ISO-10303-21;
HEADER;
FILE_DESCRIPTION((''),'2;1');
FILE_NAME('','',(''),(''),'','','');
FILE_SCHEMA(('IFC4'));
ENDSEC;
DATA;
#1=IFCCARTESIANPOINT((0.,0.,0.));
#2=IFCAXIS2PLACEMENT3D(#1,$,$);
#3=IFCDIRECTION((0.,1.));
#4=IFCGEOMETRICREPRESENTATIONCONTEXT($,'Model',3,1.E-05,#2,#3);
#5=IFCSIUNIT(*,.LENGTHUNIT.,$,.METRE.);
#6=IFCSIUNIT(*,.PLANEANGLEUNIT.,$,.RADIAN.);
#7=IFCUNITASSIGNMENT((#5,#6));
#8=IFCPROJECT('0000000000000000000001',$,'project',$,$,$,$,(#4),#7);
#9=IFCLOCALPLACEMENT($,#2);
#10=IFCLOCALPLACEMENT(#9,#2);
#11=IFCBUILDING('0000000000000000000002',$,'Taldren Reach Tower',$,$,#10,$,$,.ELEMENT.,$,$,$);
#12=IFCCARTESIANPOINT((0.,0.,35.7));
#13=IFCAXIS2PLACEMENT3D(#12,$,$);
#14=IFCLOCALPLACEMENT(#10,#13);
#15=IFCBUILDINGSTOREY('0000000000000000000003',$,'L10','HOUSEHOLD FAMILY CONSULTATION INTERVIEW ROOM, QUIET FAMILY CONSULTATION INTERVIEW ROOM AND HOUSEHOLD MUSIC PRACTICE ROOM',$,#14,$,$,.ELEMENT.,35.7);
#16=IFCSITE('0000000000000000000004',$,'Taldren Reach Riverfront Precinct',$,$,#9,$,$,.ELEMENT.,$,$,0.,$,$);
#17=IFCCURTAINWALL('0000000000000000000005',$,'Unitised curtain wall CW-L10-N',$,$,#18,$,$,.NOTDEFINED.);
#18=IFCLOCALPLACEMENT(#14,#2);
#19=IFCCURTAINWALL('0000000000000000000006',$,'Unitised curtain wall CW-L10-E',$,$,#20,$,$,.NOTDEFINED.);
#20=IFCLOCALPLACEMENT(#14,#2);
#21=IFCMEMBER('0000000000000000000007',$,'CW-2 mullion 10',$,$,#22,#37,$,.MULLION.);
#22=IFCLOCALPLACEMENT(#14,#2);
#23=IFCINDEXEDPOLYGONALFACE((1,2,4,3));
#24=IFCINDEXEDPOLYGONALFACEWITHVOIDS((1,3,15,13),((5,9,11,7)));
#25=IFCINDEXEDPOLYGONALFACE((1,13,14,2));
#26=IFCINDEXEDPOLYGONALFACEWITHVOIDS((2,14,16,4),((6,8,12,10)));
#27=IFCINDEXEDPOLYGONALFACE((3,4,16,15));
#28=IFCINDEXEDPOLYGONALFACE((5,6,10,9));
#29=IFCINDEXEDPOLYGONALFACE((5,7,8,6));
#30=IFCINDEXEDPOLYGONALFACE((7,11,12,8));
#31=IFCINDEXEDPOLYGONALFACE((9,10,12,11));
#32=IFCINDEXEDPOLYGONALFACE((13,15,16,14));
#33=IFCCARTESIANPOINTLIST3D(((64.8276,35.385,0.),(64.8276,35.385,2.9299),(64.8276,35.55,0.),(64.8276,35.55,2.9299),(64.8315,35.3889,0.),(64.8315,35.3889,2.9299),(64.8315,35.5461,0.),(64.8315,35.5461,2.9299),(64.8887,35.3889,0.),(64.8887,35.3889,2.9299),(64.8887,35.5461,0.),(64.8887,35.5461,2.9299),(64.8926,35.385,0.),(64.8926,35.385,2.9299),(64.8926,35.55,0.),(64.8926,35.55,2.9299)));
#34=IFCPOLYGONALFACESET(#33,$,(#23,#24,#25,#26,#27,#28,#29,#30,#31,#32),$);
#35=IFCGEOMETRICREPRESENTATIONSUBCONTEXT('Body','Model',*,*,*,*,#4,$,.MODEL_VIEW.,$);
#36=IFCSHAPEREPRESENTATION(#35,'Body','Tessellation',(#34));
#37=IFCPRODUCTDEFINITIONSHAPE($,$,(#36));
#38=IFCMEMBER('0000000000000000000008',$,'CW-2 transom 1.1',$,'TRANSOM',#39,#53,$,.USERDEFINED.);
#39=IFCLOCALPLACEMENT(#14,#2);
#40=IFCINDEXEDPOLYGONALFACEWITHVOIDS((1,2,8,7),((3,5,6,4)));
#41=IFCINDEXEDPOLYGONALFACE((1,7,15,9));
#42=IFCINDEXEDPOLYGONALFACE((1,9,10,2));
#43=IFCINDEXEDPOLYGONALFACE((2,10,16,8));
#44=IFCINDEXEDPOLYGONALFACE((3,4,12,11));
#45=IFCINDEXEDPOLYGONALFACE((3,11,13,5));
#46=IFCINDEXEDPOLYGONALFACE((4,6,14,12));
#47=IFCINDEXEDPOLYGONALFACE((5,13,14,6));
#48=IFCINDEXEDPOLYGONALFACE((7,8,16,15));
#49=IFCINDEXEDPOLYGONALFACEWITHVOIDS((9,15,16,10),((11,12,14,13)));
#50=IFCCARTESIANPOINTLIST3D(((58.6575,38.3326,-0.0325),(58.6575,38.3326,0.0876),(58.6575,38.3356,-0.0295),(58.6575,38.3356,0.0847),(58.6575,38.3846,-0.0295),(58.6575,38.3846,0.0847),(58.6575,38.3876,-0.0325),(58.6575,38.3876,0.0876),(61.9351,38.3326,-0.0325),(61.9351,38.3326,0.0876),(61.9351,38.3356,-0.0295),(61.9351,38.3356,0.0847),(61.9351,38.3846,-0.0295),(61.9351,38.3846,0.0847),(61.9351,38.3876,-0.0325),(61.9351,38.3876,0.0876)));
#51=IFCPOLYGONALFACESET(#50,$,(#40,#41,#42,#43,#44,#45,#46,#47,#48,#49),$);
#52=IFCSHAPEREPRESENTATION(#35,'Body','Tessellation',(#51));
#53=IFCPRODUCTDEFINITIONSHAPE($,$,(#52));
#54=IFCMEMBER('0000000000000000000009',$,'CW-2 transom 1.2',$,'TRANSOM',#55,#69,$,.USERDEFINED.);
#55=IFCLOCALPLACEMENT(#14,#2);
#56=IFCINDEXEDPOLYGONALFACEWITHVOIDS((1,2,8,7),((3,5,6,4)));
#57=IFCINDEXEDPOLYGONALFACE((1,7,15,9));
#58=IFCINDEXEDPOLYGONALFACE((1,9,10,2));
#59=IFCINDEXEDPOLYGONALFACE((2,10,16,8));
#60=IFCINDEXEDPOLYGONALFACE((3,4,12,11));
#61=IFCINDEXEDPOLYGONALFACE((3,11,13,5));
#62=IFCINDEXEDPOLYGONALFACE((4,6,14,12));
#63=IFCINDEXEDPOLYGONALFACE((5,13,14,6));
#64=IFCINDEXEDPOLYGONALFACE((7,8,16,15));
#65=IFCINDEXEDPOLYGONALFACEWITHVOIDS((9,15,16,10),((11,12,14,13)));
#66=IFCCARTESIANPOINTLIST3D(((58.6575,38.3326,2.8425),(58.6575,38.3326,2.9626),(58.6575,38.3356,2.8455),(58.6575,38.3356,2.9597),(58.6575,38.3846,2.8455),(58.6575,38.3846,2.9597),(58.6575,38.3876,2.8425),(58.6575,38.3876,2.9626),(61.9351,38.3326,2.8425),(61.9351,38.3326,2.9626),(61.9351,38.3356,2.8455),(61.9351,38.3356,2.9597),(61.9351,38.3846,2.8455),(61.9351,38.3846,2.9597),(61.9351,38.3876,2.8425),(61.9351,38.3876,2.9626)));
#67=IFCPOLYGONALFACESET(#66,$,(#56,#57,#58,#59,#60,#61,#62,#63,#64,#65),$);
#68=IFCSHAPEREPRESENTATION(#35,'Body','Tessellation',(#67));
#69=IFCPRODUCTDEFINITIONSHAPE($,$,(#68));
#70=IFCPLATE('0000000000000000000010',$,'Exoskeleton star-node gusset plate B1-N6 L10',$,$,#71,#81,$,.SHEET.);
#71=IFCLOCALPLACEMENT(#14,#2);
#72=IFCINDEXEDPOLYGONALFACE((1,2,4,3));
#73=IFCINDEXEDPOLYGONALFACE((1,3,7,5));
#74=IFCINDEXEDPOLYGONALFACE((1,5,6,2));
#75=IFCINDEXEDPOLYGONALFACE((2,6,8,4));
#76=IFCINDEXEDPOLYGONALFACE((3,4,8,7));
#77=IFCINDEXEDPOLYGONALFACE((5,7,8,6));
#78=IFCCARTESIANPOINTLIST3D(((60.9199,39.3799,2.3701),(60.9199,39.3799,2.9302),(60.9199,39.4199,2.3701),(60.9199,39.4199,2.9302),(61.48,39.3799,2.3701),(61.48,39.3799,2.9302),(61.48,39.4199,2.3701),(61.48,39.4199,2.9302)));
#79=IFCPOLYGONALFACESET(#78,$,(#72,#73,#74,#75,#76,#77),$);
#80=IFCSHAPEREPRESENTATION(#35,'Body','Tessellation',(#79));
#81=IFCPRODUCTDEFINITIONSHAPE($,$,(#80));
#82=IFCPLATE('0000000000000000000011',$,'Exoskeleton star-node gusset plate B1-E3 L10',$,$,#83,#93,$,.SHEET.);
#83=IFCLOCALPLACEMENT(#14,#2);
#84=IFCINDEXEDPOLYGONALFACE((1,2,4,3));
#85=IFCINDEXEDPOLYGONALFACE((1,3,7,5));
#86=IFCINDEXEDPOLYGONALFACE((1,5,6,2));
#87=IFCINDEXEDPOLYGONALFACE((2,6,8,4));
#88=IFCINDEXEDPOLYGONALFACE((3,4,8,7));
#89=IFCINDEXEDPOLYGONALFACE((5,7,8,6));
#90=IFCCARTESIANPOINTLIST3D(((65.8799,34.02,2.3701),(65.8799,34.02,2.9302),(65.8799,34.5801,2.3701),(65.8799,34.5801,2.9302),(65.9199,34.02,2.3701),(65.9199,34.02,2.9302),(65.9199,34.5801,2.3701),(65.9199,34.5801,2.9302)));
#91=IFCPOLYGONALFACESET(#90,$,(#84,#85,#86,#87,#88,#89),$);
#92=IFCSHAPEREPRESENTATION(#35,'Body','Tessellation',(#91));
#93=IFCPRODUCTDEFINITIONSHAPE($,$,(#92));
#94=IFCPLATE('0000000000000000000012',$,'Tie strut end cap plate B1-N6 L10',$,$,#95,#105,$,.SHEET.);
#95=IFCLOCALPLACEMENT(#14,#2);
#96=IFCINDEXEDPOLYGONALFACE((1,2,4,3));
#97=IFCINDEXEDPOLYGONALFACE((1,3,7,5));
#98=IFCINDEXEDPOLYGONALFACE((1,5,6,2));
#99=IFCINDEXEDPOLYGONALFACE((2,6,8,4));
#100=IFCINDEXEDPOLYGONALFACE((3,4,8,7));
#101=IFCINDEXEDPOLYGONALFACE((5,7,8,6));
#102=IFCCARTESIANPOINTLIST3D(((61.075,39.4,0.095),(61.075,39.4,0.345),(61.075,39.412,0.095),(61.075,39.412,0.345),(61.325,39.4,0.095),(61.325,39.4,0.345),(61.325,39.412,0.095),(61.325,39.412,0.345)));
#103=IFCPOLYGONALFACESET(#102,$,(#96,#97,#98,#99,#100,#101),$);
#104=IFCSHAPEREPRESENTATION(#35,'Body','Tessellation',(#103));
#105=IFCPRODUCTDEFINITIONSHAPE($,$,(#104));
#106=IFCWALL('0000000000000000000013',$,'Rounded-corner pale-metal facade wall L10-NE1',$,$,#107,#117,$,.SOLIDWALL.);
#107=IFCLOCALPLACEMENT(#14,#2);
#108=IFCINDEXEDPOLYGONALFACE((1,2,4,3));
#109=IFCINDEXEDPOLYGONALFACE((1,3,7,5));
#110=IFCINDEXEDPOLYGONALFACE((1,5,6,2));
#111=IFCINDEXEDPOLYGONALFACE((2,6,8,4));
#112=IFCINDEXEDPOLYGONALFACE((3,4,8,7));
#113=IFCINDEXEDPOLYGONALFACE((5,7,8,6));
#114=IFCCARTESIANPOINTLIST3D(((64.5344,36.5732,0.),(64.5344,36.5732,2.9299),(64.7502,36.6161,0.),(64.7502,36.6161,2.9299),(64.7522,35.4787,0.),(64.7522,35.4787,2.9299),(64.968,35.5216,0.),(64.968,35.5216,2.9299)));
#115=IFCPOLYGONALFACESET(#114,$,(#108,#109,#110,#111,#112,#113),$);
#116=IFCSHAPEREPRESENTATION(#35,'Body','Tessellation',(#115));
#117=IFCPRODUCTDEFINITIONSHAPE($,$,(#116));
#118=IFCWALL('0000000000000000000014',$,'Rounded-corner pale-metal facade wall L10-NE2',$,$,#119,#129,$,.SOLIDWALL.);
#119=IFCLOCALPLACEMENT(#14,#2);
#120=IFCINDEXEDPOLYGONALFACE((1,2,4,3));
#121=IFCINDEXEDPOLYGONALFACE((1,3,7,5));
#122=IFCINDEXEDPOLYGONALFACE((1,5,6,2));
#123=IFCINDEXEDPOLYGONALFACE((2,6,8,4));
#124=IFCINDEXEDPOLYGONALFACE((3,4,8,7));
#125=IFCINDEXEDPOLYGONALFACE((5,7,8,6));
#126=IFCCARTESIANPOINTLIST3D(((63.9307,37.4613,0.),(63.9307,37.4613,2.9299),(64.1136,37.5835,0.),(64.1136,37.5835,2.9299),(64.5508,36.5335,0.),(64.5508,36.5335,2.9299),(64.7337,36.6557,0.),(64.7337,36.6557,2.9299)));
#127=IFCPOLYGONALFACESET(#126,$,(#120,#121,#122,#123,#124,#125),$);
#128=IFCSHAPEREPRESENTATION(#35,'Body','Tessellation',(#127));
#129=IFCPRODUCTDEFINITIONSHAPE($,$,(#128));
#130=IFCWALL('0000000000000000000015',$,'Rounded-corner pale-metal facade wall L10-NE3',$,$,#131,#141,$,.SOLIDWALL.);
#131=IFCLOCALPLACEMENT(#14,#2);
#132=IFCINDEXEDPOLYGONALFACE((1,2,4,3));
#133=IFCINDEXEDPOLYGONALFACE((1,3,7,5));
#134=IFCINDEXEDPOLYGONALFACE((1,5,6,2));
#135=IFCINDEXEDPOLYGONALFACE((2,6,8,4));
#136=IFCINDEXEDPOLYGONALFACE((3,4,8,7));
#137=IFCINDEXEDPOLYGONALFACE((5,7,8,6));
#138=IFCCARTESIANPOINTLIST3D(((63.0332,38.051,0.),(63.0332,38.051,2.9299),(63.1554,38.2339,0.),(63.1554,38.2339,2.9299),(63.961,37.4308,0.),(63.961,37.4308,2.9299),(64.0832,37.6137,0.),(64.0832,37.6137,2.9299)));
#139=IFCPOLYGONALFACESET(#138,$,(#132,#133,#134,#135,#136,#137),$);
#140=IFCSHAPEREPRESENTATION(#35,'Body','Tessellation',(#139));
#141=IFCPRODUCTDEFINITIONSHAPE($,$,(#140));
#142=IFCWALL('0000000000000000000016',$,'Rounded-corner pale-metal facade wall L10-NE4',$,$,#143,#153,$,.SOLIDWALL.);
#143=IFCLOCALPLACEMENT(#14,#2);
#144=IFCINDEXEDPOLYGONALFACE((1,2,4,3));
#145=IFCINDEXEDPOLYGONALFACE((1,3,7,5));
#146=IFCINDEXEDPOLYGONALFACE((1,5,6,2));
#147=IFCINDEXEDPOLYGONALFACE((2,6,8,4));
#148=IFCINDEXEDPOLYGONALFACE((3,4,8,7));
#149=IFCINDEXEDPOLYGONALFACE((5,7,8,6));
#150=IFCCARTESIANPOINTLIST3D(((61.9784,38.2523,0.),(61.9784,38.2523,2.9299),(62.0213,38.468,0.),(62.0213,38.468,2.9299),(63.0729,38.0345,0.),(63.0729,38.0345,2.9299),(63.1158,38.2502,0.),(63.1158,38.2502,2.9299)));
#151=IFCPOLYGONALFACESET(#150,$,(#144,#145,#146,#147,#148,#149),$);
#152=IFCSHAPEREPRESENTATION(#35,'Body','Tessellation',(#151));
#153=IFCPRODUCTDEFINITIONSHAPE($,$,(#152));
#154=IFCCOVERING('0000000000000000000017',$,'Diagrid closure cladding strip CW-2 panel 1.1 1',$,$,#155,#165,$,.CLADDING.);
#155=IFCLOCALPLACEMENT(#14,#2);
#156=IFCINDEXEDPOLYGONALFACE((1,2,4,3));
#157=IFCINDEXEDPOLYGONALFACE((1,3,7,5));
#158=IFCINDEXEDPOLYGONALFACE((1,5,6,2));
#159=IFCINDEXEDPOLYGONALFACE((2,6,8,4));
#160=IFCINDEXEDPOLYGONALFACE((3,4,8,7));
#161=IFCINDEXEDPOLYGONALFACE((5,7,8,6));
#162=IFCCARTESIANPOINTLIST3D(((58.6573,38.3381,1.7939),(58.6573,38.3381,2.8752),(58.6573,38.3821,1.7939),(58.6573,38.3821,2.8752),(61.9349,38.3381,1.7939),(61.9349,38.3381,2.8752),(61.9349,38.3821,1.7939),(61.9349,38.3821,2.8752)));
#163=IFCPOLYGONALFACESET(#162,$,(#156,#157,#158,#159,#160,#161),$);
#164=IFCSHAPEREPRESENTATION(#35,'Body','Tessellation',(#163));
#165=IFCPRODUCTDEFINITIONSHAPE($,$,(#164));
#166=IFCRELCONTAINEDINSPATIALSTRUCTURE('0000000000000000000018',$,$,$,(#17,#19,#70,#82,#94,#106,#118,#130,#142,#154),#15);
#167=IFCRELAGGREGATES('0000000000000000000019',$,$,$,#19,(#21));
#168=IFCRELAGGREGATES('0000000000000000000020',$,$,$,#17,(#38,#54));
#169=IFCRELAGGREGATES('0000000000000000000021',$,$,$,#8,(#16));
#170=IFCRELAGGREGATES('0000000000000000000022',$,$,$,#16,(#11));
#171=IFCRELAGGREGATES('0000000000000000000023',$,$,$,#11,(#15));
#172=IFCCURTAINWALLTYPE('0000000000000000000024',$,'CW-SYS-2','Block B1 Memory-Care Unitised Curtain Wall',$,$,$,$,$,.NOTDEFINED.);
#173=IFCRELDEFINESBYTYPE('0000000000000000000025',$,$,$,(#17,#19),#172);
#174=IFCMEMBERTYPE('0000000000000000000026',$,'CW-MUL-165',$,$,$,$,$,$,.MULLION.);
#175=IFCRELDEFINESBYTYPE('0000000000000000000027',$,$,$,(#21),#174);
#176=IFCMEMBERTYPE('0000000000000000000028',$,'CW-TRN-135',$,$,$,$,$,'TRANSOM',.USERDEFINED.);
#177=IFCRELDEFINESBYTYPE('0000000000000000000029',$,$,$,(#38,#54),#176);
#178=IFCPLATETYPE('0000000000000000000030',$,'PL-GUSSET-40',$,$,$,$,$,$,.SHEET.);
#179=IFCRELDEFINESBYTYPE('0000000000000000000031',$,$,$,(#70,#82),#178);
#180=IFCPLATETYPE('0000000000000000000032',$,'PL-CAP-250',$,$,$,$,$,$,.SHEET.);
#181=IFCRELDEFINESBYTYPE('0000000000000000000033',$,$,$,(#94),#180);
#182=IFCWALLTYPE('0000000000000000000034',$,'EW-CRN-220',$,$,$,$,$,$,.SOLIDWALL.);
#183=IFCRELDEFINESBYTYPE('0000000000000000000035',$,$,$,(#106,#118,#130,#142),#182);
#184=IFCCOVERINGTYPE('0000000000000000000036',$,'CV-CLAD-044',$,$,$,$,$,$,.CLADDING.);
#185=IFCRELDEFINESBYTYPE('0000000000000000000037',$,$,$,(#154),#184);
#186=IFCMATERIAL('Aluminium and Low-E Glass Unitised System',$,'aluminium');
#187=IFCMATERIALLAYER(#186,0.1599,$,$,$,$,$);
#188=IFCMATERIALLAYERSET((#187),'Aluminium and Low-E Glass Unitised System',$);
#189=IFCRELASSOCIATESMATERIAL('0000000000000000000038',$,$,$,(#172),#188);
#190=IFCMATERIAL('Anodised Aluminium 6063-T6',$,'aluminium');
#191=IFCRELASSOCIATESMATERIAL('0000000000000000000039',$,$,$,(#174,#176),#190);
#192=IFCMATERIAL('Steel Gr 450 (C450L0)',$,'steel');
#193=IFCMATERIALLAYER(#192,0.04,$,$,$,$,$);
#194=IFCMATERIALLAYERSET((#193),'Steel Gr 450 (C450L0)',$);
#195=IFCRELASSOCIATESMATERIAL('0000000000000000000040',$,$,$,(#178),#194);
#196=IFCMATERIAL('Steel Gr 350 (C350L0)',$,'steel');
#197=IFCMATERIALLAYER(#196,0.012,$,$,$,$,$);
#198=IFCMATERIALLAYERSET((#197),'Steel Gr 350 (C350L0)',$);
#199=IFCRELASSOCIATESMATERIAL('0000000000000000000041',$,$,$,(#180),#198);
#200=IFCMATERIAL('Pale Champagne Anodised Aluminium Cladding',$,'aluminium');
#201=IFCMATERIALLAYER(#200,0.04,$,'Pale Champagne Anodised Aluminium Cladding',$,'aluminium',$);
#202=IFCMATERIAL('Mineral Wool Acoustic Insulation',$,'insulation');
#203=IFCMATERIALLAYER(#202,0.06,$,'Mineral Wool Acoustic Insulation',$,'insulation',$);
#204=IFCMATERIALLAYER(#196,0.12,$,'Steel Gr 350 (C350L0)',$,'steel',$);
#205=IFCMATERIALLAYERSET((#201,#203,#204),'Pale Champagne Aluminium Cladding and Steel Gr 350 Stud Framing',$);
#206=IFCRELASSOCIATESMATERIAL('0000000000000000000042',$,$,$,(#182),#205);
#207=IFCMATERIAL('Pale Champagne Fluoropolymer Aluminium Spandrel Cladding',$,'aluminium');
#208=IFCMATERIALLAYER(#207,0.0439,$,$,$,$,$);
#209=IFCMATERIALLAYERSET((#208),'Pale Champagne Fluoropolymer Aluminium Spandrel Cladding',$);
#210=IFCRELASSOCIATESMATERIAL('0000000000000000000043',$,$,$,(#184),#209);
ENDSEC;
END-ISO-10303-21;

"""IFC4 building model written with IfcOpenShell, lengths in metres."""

from ifc_helpers import new_model, si_unit, direction, frame, frame_2d, origin, origin_2d, place, context, subcontext, project, spatial, rectangle, hollow_rectangle, extrude, source, transform, mapped, material, layer, layer_set, material_profile, profile_set, type_object, element, aggregate, save


model = new_model("IFC4")

# Units and contexts
model_context = context("Model", 3, precision=1e-05, world=origin(), true_north=direction((0.0, 1.0)))
body_context = subcontext(model_context, "Body", "Model", "MODEL_VIEW")
ifc_project = project(units=[si_unit("LENGTHUNIT", "METRE"), si_unit("PLANEANGLEUNIT", "RADIAN")], contexts=[model_context])

# Site, building, storey
site_placement = place(None, origin())
site = spatial("IfcSite", under=ifc_project, at=site_placement, Name="Taldren Reach Riverfront Precinct", CompositionType="ELEMENT", RefElevation=0.0)
building_placement = place(site_placement, origin())
building = spatial("IfcBuilding", under=site, at=building_placement, Name="Taldren Reach Tower", CompositionType="ELEMENT")
storey_placement = place(building_placement, frame((0.0, 0.0, 35.7)))
storey = spatial("IfcBuildingStorey", under=building, at=storey_placement, Name="L10", Description="HOUSEHOLD FAMILY CONSULTATION INTERVIEW ROOM, QUIET FAMILY CONSULTATION INTERVIEW ROOM AND HOUSEHOLD MUSIC PRACTICE ROOM", CompositionType="ELEMENT", Elevation=35.7)

# Shared definitions
ifc_material_1 = material(Name="Steel Gr 450 (C450L0)", Category="steel")
ifc_material_2 = material(Name="Steel Gr 350 (C350L0)", Category="steel")

# Curtain walls, member
ifc_material_3 = material(Name="Aluminium and Low-E Glass Unitised System", Category="aluminium")
ifc_layer_1 = layer(ifc_material_3, 0.1599)
ifc_layer_set_1 = layer_set([ifc_layer_1], Name="Aluminium and Low-E Glass Unitised System")
curtain_wall_type = type_object("IfcCurtainWallType", Name="CW-SYS-2", Description="Block B1 Memory-Care Unitised Curtain Wall", PredefinedType="NOTDEFINED", material=ifc_layer_set_1)
curtain_wall_1_placement = place(storey_placement, origin())
curtain_wall_1 = element("IfcCurtainWall", 1, at=curtain_wall_1_placement, inside=storey, type_object=curtain_wall_type, Name="Unitised curtain wall CW-L10-N", PredefinedType="NOTDEFINED")
ifc_material_4 = material(Name="Anodised Aluminium 6063-T6", Category="aluminium")
ifc_material_profile_1 = material_profile(ifc_material_4, hollow_rectangle(XDim=0.0649, YDim=0.165, WallThickness=0.0039, at=origin_2d()), Name="ALU-165x65x4RHS")
ifc_profile_set_1 = profile_set([ifc_material_profile_1], Name="Anodised Aluminium 6063-T6")
member_type_1 = type_object("IfcMemberType", Name="CW-MUL-165", PredefinedType="MULLION", material=ifc_profile_set_1)
shared_shape_1 = source(origin(), body_context, "Body", "SweptSolid", [
    extrude(hollow_rectangle(XDim=0.0649, YDim=0.165, WallThickness=0.0039, at=origin_2d()), origin(), (0.0, 0.0, 1.0), 2.9299),
])
curtain_wall_2_placement = place(storey_placement, origin())
curtain_wall_2 = element("IfcCurtainWall", 2, at=curtain_wall_2_placement, inside=storey, type_object=curtain_wall_type, Name="Unitised curtain wall CW-L10-E", PredefinedType="NOTDEFINED")
member_1_placement = place(storey_placement, frame((64.8601, 35.4675, 0.0), z_axis=(0.0, 0.0, 1.0), x_axis=(-1.0, 0.0, 0.0)))
member_1 = element("IfcMember", 3, at=member_1_placement, type_object=member_type_1, Name="CW-2 mullion 10", PredefinedType="MULLION", context=body_context, shape_type="MappedRepresentation", body=[
    mapped(shared_shape_1, transform((0.0, 0.0, 0.0), scale=1.0)),
])
aggregate(curtain_wall_2, [member_1])

# Members
ifc_material_profile_2 = material_profile(ifc_material_4, hollow_rectangle(XDim=0.0549, YDim=0.1201, WallThickness=0.0029, at=origin_2d()), Name="ALU-120x55x3RHS")
ifc_profile_set_2 = profile_set([ifc_material_profile_2], Name="Anodised Aluminium 6063-T6")
member_type_2 = type_object("IfcMemberType", Name="CW-TRN-135", ElementType="TRANSOM", PredefinedType="USERDEFINED", material=ifc_profile_set_2)
shared_shape_2 = source(origin(), body_context, "Body", "SweptSolid", [
    extrude(hollow_rectangle(XDim=0.0549, YDim=0.1201, WallThickness=0.0029, at=origin_2d()), origin(), (0.0, 0.0, 1.0), 3.2776),
])
member_2_placement = place(storey_placement, frame((61.9351, 38.3601, 0.0276), z_axis=(-1.0, 0.0, 0.0), x_axis=(0.0, -1.0, 0.0)))
member_2 = element("IfcMember", 4, at=member_2_placement, type_object=member_type_2, Name="CW-2 transom 1.1", ObjectType="TRANSOM", PredefinedType="USERDEFINED", context=body_context, shape_type="MappedRepresentation", body=[
    mapped(shared_shape_2, transform((0.0, 0.0, 0.0), scale=1.0)),
])
member_3_placement = place(storey_placement, frame((61.9351, 38.3601, 2.9026), z_axis=(-1.0, 0.0, 0.0), x_axis=(0.0, -1.0, 0.0)))
member_3 = element("IfcMember", 5, at=member_3_placement, type_object=member_type_2, Name="CW-2 transom 1.2", ObjectType="TRANSOM", PredefinedType="USERDEFINED", context=body_context, shape_type="MappedRepresentation", body=[
    mapped(shared_shape_2, transform((0.0, 0.0, 0.0), scale=1.0)),
])
aggregate(curtain_wall_1, [member_2, member_3])

# Plates
ifc_layer_2 = layer(ifc_material_1, 0.04)
ifc_layer_set_2 = layer_set([ifc_layer_2], Name="Steel Gr 450 (C450L0)")
plate_type_1 = type_object("IfcPlateType", Name="PL-GUSSET-40", PredefinedType="SHEET", material=ifc_layer_set_2)
shared_shape_3 = source(origin(), body_context, "Body", "SweptSolid", [
    extrude(rectangle(XDim=0.5601, YDim=0.04, at=origin_2d()), origin(), (0.0, 0.0, 1.0), 0.5601),
])
for number, where, z_axis, x_axis, name in (
    (6, (61.2, 39.3999, 2.3701), (0.0, 0.0, 1.0), (1.0, 0.0, 0.0), "Exoskeleton star-node gusset plate B1-N6 L10"),
    (7, (65.8999, 34.3, 2.3701), (0.0, 0.0, 1.0), (0.0, 1.0, 0.0), "Exoskeleton star-node gusset plate B1-E3 L10"),
):
    element("IfcPlate", number, at=place(storey_placement, frame(where, z_axis=z_axis, x_axis=x_axis)), inside=storey, type_object=plate_type_1, Name=name, PredefinedType="SHEET", context=body_context, shape_type="MappedRepresentation", body=[
        mapped(shared_shape_3, transform((0.0, 0.0, 0.0), scale=1.0)),
    ])
ifc_layer_3 = layer(ifc_material_2, 0.012)
ifc_layer_set_3 = layer_set([ifc_layer_3], Name="Steel Gr 350 (C350L0)")
plate_type_2 = type_object("IfcPlateType", Name="PL-CAP-250", PredefinedType="SHEET", material=ifc_layer_set_3)
shared_shape_4 = source(origin(), body_context, "Body", "SweptSolid", [
    extrude(rectangle(XDim=0.25, YDim=0.012, at=origin_2d()), origin(), (0.0, 0.0, 1.0), 0.25),
])
plate_placement = place(storey_placement, frame((61.2, 39.406, 0.095), z_axis=(0.0, 0.0, 1.0), x_axis=(1.0, 0.0, 0.0)))
element("IfcPlate", 8, at=plate_placement, inside=storey, type_object=plate_type_2, Name="Tie strut end cap plate B1-N6 L10", PredefinedType="SHEET", context=body_context, shape_type="MappedRepresentation", body=[
    mapped(shared_shape_4, transform((0.0, 0.0, 0.0), scale=1.0)),
])

# Walls
ifc_material_5 = material(Name="Pale Champagne Anodised Aluminium Cladding", Category="aluminium")
ifc_layer_4 = layer(ifc_material_5, 0.04, Name="Pale Champagne Anodised Aluminium Cladding", Category="aluminium")
ifc_material_6 = material(Name="Mineral Wool Acoustic Insulation", Category="insulation")
ifc_layer_5 = layer(ifc_material_6, 0.06, Name="Mineral Wool Acoustic Insulation", Category="insulation")
ifc_layer_6 = layer(ifc_material_2, 0.12, Name="Steel Gr 350 (C350L0)", Category="steel")
ifc_layer_set_4 = layer_set([ifc_layer_4, ifc_layer_5, ifc_layer_6], Name="Pale Champagne Aluminium Cladding and Steel Gr 350 Stud Framing")
wall_type = type_object("IfcWallType", Name="EW-CRN-220", PredefinedType="SOLIDWALL", material=ifc_layer_set_4)
shared_shape_5 = source(origin(), body_context, "Body", "SweptSolid", [
    extrude(rectangle(XDim=1.116, YDim=0.22, at=frame_2d((0.5581, 0.0))), origin(), (0.0, 0.0, 1.0), 2.9299),
])
for number, where, z_axis, x_axis, name in (
    (9, (64.8601, 35.5, 0.0), (0.0, 0.0, 1.0), (-0.195148, 0.980774, 0.0), "Rounded-corner pale-metal facade wall L10-NE1"),
    (10, (64.6423, 36.5945, 0.0), (0.0, 0.0, 1.0), (-0.55571, 0.831377, 0.0), "Rounded-corner pale-metal facade wall L10-NE2"),
    (11, (64.0222, 37.5222, 0.0), (0.0, 0.0, 1.0), (-0.831377, 0.55571, 0.0), "Rounded-corner pale-metal facade wall L10-NE3"),
    (12, (63.0945, 38.1423, 0.0), (0.0, 0.0, 1.0), (-0.980774, 0.195148, 0.0), "Rounded-corner pale-metal facade wall L10-NE4"),
):
    element("IfcWall", number, at=place(storey_placement, frame(where, z_axis=z_axis, x_axis=x_axis)), inside=storey, type_object=wall_type, Name=name, PredefinedType="SOLIDWALL", context=body_context, shape_type="MappedRepresentation", body=[
        mapped(shared_shape_5, transform((0.0, 0.0, 0.0), scale=1.0)),
    ])

# Covering
ifc_material_7 = material(Name="Pale Champagne Fluoropolymer Aluminium Spandrel Cladding", Category="aluminium")
ifc_layer_7 = layer(ifc_material_7, 0.0439)
ifc_layer_set_5 = layer_set([ifc_layer_7], Name="Pale Champagne Fluoropolymer Aluminium Spandrel Cladding")
covering_type = type_object("IfcCoveringType", Name="CV-CLAD-044", PredefinedType="CLADDING", material=ifc_layer_set_5)
shared_shape_6 = source(origin(), body_context, "Body", "SweptSolid", [
    extrude(rectangle(XDim=3.2776, YDim=0.0439, at=origin_2d()), origin(), (0.0, 0.0, 1.0), 1.0813),
])
covering_placement = place(storey_placement, frame((60.2961, 38.3601, 1.7939), z_axis=(0.0, 0.0, 1.0), x_axis=(-1.0, 0.0, 0.0)))
element("IfcCovering", 13, at=covering_placement, inside=storey, type_object=covering_type, Name="Diagrid closure cladding strip CW-2 panel 1.1 1", PredefinedType="CLADDING", context=body_context, shape_type="MappedRepresentation", body=[
    mapped(shared_shape_6, transform((0.0, 0.0, 0.0), scale=1.0)),
])

save(model, "model.ifc")
